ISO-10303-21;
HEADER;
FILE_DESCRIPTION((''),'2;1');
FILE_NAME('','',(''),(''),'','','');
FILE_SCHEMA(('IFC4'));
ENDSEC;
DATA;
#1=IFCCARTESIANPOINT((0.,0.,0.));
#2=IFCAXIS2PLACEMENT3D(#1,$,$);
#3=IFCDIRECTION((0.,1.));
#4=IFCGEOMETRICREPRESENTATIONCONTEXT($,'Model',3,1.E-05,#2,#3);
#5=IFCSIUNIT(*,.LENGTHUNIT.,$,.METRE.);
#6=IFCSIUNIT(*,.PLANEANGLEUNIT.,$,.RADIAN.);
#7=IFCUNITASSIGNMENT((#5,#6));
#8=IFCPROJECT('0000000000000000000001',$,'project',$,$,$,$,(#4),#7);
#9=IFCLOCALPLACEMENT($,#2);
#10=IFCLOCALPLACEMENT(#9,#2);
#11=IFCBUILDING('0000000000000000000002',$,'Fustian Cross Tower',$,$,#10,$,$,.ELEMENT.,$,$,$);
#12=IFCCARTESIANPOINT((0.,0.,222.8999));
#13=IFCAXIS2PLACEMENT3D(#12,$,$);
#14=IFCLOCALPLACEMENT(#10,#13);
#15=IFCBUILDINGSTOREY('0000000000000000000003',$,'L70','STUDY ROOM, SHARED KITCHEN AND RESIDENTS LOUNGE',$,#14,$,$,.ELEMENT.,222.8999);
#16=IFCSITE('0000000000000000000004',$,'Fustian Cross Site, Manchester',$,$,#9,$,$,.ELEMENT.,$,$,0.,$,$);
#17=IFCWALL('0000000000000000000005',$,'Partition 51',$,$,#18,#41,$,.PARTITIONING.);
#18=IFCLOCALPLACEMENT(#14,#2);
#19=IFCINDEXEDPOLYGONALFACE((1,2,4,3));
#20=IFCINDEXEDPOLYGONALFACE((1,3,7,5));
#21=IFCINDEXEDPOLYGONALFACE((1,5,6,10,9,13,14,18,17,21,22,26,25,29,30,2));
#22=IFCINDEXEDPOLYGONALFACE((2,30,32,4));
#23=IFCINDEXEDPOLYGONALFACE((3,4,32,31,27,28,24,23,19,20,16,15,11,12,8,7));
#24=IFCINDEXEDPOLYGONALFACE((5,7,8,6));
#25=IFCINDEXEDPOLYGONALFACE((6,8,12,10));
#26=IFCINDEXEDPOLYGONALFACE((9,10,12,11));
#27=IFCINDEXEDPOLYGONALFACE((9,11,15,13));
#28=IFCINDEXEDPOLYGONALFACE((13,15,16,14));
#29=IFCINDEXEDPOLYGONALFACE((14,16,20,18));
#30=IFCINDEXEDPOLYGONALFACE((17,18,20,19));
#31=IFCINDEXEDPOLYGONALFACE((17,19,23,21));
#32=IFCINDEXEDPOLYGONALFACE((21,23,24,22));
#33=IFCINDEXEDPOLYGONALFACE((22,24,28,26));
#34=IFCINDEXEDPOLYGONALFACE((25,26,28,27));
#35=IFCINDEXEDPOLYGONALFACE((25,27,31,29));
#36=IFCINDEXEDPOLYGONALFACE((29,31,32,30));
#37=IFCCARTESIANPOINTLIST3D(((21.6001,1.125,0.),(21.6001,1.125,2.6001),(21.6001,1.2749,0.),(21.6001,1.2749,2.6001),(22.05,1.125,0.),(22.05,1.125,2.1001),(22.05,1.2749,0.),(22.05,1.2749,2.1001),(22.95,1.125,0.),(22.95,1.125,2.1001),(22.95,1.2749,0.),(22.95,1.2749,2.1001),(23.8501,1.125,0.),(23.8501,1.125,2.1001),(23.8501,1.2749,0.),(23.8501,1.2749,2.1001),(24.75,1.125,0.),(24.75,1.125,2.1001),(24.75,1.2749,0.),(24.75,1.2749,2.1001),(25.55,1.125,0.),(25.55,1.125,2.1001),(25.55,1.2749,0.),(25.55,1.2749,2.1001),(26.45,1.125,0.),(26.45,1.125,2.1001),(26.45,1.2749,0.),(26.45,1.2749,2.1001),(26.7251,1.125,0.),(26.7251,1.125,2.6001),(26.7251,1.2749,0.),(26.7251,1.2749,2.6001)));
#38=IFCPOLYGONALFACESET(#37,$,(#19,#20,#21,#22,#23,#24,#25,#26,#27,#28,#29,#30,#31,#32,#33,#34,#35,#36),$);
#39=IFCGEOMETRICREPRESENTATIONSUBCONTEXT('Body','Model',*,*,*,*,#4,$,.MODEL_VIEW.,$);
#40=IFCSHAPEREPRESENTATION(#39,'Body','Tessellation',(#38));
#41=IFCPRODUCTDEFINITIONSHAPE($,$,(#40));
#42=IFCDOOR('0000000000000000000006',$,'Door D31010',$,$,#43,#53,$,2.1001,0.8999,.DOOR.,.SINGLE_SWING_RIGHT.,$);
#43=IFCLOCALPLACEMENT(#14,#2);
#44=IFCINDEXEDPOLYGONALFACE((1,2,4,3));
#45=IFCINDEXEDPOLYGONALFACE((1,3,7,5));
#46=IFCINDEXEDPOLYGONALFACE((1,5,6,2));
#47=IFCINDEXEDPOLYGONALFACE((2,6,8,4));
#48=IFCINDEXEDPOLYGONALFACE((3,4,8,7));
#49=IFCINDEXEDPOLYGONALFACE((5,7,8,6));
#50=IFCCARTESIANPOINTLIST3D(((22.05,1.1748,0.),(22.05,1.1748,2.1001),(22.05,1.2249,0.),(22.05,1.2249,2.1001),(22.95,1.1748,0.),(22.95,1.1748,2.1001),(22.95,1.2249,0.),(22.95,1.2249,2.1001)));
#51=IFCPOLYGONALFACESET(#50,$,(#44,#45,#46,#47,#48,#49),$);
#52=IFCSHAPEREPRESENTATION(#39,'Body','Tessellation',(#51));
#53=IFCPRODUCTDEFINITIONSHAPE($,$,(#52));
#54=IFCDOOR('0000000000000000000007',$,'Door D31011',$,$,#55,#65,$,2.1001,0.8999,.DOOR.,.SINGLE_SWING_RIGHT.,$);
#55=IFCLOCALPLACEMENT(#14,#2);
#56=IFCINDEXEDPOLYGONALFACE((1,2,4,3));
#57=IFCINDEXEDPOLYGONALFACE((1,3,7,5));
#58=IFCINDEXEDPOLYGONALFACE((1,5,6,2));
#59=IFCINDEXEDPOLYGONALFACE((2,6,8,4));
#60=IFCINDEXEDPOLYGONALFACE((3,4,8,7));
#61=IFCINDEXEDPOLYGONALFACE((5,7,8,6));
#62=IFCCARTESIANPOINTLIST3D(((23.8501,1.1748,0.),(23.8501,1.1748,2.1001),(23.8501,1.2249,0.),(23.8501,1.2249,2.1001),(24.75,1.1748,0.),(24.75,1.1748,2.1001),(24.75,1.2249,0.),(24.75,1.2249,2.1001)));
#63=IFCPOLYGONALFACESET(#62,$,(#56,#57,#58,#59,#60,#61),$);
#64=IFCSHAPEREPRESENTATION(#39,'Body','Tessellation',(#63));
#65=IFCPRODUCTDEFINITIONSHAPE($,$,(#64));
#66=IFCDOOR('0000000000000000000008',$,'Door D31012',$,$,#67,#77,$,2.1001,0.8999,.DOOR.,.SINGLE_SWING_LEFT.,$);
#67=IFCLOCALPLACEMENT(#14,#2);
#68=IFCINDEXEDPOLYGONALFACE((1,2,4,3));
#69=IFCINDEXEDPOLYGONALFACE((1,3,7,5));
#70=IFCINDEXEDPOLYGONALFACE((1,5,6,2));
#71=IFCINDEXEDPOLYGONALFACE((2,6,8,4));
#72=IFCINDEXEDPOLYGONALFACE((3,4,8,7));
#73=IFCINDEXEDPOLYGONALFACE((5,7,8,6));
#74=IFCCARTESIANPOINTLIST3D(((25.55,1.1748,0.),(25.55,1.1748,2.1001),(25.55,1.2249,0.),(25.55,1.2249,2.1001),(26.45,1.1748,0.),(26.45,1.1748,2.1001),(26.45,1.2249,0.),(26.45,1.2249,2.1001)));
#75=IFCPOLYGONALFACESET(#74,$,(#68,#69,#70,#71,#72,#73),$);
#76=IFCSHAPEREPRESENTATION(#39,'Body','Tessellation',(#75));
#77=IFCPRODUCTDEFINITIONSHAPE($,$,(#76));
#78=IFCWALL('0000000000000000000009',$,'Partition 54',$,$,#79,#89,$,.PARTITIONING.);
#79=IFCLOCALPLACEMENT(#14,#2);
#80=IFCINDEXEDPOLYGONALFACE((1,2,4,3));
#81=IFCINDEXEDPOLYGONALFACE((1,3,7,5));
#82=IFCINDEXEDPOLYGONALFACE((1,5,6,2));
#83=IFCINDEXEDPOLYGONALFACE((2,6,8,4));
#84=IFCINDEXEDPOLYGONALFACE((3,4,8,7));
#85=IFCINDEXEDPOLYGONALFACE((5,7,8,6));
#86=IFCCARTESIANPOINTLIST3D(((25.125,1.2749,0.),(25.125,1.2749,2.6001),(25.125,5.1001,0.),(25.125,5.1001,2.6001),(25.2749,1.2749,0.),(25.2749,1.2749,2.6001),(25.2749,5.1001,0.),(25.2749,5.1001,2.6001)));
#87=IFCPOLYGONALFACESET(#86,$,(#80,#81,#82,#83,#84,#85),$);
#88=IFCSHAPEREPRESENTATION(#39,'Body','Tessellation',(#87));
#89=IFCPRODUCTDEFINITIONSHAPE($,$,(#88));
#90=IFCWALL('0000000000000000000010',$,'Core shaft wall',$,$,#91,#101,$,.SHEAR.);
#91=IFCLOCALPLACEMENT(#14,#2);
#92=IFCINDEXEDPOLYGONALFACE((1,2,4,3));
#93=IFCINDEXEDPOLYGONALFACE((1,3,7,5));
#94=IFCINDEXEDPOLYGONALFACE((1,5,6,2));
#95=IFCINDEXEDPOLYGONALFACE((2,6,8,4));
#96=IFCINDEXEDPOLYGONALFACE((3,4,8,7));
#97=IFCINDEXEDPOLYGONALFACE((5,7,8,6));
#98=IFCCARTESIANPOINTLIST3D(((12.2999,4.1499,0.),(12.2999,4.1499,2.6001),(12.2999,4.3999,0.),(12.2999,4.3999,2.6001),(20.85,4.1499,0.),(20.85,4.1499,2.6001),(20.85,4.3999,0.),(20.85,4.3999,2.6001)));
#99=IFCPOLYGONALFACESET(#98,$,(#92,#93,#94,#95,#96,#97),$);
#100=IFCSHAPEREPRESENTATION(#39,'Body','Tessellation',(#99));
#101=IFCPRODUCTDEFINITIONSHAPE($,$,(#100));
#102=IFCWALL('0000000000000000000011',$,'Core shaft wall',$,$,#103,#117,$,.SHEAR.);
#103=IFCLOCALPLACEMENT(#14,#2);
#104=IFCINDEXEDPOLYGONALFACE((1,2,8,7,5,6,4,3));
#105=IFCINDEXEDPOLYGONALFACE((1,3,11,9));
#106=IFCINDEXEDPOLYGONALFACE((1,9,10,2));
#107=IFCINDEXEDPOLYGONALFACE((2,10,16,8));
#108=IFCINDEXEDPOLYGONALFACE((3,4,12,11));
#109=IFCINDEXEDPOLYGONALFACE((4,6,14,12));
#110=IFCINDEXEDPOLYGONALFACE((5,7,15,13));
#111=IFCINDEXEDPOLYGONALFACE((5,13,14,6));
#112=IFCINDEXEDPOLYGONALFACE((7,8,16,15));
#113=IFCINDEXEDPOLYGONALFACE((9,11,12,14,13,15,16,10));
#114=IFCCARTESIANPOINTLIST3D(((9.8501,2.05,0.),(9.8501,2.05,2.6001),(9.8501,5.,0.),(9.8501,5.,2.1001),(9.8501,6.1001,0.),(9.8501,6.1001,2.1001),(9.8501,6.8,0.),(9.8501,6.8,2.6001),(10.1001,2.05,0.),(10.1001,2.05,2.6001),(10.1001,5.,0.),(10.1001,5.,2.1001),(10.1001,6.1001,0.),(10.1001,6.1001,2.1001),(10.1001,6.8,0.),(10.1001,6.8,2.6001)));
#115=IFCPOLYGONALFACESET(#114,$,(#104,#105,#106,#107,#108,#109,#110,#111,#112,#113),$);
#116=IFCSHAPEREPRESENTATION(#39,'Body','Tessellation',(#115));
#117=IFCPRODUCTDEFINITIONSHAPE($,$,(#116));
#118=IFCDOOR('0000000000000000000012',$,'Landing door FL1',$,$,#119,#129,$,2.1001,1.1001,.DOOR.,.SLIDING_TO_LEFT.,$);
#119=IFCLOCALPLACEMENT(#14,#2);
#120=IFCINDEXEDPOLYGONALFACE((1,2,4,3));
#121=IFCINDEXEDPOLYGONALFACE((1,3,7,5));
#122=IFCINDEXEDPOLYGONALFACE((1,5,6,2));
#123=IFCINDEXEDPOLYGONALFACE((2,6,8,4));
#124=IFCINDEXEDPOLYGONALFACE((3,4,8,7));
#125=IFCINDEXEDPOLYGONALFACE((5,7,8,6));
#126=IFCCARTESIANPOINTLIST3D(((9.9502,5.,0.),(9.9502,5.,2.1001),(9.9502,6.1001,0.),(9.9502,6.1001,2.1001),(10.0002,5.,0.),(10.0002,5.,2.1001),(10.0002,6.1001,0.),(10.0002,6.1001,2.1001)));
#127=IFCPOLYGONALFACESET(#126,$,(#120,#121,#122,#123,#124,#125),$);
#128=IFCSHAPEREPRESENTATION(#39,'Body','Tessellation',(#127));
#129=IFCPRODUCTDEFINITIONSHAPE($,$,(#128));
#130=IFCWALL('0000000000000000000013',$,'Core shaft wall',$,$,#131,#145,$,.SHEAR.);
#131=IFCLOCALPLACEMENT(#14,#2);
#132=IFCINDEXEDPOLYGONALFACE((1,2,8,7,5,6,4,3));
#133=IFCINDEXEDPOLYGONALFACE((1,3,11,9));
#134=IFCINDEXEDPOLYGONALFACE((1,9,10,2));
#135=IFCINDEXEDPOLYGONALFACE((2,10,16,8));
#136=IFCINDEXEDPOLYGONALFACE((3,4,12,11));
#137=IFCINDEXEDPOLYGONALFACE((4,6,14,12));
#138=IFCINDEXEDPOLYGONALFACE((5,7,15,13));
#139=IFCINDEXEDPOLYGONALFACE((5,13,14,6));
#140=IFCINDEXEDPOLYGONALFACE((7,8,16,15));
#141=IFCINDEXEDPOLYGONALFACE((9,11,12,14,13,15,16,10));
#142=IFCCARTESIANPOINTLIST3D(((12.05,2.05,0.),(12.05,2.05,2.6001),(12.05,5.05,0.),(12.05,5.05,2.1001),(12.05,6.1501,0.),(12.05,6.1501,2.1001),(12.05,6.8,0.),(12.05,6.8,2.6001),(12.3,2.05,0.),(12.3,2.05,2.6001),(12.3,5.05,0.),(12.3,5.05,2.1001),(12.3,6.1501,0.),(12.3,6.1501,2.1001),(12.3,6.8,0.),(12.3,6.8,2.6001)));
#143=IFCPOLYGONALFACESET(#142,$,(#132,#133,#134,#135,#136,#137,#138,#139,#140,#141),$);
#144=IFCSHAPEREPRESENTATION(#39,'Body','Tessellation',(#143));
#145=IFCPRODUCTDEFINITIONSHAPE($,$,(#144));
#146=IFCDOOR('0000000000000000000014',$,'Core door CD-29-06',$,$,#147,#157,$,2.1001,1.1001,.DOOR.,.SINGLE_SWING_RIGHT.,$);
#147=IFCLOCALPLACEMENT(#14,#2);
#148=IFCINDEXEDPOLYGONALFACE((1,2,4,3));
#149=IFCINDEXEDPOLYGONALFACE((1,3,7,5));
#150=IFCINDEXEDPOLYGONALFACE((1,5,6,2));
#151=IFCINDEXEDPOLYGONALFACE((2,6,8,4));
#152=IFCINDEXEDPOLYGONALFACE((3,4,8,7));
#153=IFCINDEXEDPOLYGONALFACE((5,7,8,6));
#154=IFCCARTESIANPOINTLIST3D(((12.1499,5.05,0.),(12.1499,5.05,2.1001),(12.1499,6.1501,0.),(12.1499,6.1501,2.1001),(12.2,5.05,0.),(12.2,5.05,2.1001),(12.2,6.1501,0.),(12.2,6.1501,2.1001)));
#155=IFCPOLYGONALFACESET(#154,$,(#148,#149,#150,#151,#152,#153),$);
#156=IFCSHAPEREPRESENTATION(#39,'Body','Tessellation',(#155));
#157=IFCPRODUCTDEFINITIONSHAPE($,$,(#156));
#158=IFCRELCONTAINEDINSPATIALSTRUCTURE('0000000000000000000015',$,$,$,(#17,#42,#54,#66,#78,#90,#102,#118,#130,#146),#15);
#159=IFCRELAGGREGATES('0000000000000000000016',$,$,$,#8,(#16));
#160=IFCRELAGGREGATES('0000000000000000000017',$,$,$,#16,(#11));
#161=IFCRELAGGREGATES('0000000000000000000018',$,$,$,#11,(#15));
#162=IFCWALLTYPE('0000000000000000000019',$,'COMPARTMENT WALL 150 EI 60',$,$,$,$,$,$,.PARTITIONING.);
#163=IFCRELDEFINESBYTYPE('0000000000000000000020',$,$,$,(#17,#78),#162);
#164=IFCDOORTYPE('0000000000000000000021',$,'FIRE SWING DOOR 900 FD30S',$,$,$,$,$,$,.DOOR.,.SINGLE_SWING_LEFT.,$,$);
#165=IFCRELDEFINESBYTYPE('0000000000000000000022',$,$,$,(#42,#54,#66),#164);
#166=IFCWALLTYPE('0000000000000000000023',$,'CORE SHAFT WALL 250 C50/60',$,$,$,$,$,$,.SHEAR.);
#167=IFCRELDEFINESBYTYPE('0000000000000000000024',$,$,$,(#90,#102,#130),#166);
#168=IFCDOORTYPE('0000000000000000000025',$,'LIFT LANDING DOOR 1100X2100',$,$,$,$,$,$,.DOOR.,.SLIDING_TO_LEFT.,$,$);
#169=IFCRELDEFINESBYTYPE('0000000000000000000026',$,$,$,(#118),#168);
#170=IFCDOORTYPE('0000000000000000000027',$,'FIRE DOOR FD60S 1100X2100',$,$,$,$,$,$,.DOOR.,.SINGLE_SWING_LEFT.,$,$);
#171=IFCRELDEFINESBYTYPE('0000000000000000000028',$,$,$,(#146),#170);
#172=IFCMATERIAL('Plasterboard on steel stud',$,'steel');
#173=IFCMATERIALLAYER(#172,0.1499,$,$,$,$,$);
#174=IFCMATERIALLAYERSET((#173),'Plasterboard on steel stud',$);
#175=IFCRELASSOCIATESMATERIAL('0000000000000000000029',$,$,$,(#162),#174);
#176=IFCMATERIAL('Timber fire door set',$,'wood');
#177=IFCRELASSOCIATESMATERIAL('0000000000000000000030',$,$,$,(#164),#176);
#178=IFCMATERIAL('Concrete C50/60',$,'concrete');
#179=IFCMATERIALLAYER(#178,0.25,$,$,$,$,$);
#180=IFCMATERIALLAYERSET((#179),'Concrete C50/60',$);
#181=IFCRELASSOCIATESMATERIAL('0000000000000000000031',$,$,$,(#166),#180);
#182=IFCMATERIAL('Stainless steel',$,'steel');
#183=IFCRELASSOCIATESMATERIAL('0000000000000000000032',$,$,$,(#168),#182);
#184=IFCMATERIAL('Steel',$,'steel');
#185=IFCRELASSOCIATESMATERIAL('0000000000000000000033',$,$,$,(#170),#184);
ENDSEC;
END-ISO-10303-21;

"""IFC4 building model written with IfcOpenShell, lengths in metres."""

from ifc_helpers import new_model, si_unit, direction, frame, frame_2d, origin, place, context, subcontext, project, spatial, rectangle, extrude, material, layer, layer_set, type_object, element, fill, save


model = new_model("IFC4")

# Units and contexts
model_context = context("Model", 3, precision=1e-05, world=origin(), true_north=direction((0.0, 1.0)))
body_context = subcontext(model_context, "Body", "Model", "MODEL_VIEW")
ifc_project = project(units=[si_unit("LENGTHUNIT", "METRE"), si_unit("PLANEANGLEUNIT", "RADIAN")], contexts=[model_context])

# Site, building, storey
site_placement = place(None, origin())
site = spatial("IfcSite", under=ifc_project, at=site_placement, Name="Fustian Cross Site, Manchester", CompositionType="ELEMENT", RefElevation=0.0)
building_placement = place(site_placement, origin())
building = spatial("IfcBuilding", under=site, at=building_placement, Name="Fustian Cross Tower", CompositionType="ELEMENT")
storey_placement = place(building_placement, frame((0.0, 0.0, 222.8999)))
storey = spatial("IfcBuildingStorey", under=building, at=storey_placement, Name="L70", Description="STUDY ROOM, SHARED KITCHEN AND RESIDENTS LOUNGE", CompositionType="ELEMENT", Elevation=222.8999)

# Wall, openings, doors
ifc_material_1 = material(Name="Plasterboard on steel stud", Category="steel")
ifc_layer_1 = layer(ifc_material_1, 0.1499)
ifc_layer_set_1 = layer_set([ifc_layer_1], Name="Plasterboard on steel stud")
wall_type_1 = type_object("IfcWallType", Name="COMPARTMENT WALL 150 EI 60", PredefinedType="PARTITIONING", material=ifc_layer_set_1)
wall_1_placement = place(storey_placement, frame((21.6001, 1.2, 0.0), z_axis=(0.0, 0.0, 1.0), x_axis=(1.0, 0.0, 0.0)))
wall_1 = element("IfcWall", 1, at=wall_1_placement, inside=storey, type_object=wall_type_1, Name="Partition 51", PredefinedType="PARTITIONING", context=body_context, shape_type="SweptSolid", body=[
    extrude(rectangle(XDim=5.125, YDim=0.1499, at=frame_2d((2.5625, 0.0))), origin(), (0.0, 0.0, 1.0), 2.6001),
])
opening_1_placement = place(wall_1_placement, frame((0.45, 0.0, 0.0)))
opening_1 = element("IfcOpeningElement", 2, at=opening_1_placement, cuts=wall_1, PredefinedType="OPENING", context=body_context, shape_type="SweptSolid", body=[
    extrude(rectangle(XDim=0.8999, YDim=2.1001, at=frame_2d((0.45, 1.05))), frame((0.0, 0.085, 0.0), z_axis=(0.0, -1.0, 0.0), x_axis=(1.0, 0.0, 0.0)), (0.0, 0.0, 1.0), 0.1699),
])
opening_2_placement = place(wall_1_placement, frame((2.25, 0.0, 0.0)))
opening_2 = element("IfcOpeningElement", 3, at=opening_2_placement, cuts=wall_1, PredefinedType="OPENING", context=body_context, shape_type="SweptSolid", body=[
    extrude(rectangle(XDim=0.8999, YDim=2.1001, at=frame_2d((0.45, 1.05))), frame((0.0, 0.085, 0.0), z_axis=(0.0, -1.0, 0.0), x_axis=(1.0, 0.0, 0.0)), (0.0, 0.0, 1.0), 0.1699),
])
opening_3_placement = place(wall_1_placement, frame((3.95, 0.0, 0.0)))
opening_3 = element("IfcOpeningElement", 4, at=opening_3_placement, cuts=wall_1, PredefinedType="OPENING", context=body_context, shape_type="SweptSolid", body=[
    extrude(rectangle(XDim=0.8999, YDim=2.1001, at=frame_2d((0.45, 1.05))), frame((0.0, 0.085, 0.0), z_axis=(0.0, -1.0, 0.0), x_axis=(1.0, 0.0, 0.0)), (0.0, 0.0, 1.0), 0.1699),
])
ifc_material_2 = material(Name="Timber fire door set", Category="wood")
door_type_1 = type_object("IfcDoorType", Name="FIRE SWING DOOR 900 FD30S", OperationType="SINGLE_SWING_LEFT", PredefinedType="DOOR", material=ifc_material_2)
door_1_placement = place(opening_1_placement, origin())
door_1 = element("IfcDoor", 5, at=door_1_placement, inside=storey, type_object=door_type_1, Name="Door D31010", OperationType="SINGLE_SWING_RIGHT", OverallHeight=2.1001, OverallWidth=0.8999, PredefinedType="DOOR", context=body_context, shape_type="SweptSolid", body=[
    extrude(rectangle(XDim=0.8999, YDim=2.1001, at=frame_2d((0.45, 1.05))), frame((0.0, 0.0249, 0.0), z_axis=(0.0, -1.0, 0.0), x_axis=(1.0, 0.0, 0.0)), (0.0, 0.0, 1.0), 0.05),
])
fill(opening_1, door_1)
door_2_placement = place(opening_2_placement, origin())
door_2 = element("IfcDoor", 6, at=door_2_placement, inside=storey, type_object=door_type_1, Name="Door D31011", OperationType="SINGLE_SWING_RIGHT", OverallHeight=2.1001, OverallWidth=0.8999, PredefinedType="DOOR", context=body_context, shape_type="SweptSolid", body=[
    extrude(rectangle(XDim=0.8999, YDim=2.1001, at=frame_2d((0.45, 1.05))), frame((0.0, 0.0249, 0.0), z_axis=(0.0, -1.0, 0.0), x_axis=(1.0, 0.0, 0.0)), (0.0, 0.0, 1.0), 0.05),
])
fill(opening_2, door_2)
door_3_placement = place(opening_3_placement, origin())
door_3 = element("IfcDoor", 7, at=door_3_placement, inside=storey, type_object=door_type_1, Name="Door D31012", OperationType="SINGLE_SWING_LEFT", OverallHeight=2.1001, OverallWidth=0.8999, PredefinedType="DOOR", context=body_context, shape_type="SweptSolid", body=[
    extrude(rectangle(XDim=0.8999, YDim=2.1001, at=frame_2d((0.45, 1.05))), frame((0.0, 0.0249, 0.0), z_axis=(0.0, -1.0, 0.0), x_axis=(1.0, 0.0, 0.0)), (0.0, 0.0, 1.0), 0.05),
])
fill(opening_3, door_3)

# Walls
wall_2_placement = place(storey_placement, frame((25.2, 1.2749, 0.0), z_axis=(0.0, 0.0, 1.0), x_axis=(0.0, 1.0, 0.0)))
element("IfcWall", 8, at=wall_2_placement, inside=storey, type_object=wall_type_1, Name="Partition 54", PredefinedType="PARTITIONING", context=body_context, shape_type="SweptSolid", body=[
    extrude(rectangle(XDim=3.8252, YDim=0.1499, at=frame_2d((1.9126, 0.0))), origin(), (0.0, 0.0, 1.0), 2.6001),
])
ifc_material_3 = material(Name="Concrete C50/60", Category="concrete")
ifc_layer_2 = layer(ifc_material_3, 0.25)
ifc_layer_set_2 = layer_set([ifc_layer_2], Name="Concrete C50/60")
wall_type_2 = type_object("IfcWallType", Name="CORE SHAFT WALL 250 C50/60", PredefinedType="SHEAR", material=ifc_layer_set_2)
wall_3_placement = place(storey_placement, frame((12.3, 4.2749, 0.0), z_axis=(0.0, 0.0, 1.0), x_axis=(1.0, 0.0, 0.0)))
element("IfcWall", 9, at=wall_3_placement, inside=storey, type_object=wall_type_2, Name="Core shaft wall", PredefinedType="SHEAR", context=body_context, shape_type="SweptSolid", body=[
    extrude(rectangle(XDim=8.55, YDim=0.25, at=frame_2d((4.2749, 0.0))), origin(), (0.0, 0.0, 1.0), 2.6001),
])

# Walls, openings, doors
wall_4_placement = place(storey_placement, frame((9.9751, 2.05, 0.0), z_axis=(0.0, 0.0, 1.0), x_axis=(0.0, 1.0, 0.0)))
wall_4 = element("IfcWall", 10, at=wall_4_placement, inside=storey, type_object=wall_type_2, Name="Core shaft wall", PredefinedType="SHEAR", context=body_context, shape_type="SweptSolid", body=[
    extrude(rectangle(XDim=4.75, YDim=0.25, at=frame_2d((2.375, 0.0))), origin(), (0.0, 0.0, 1.0), 2.6001),
])
opening_4_placement = place(wall_4_placement, frame((2.95, 0.0, 0.0)))
opening_4 = element("IfcOpeningElement", 11, at=opening_4_placement, cuts=wall_4, PredefinedType="OPENING", context=body_context, shape_type="SweptSolid", body=[
    extrude(rectangle(XDim=1.1001, YDim=2.1001, at=frame_2d((0.55, 1.05))), frame((0.0, 0.135, 0.0), z_axis=(0.0, -1.0, 0.0), x_axis=(1.0, 0.0, 0.0)), (0.0, 0.0, 1.0), 0.27),
])
ifc_material_4 = material(Name="Stainless steel", Category="steel")
door_type_2 = type_object("IfcDoorType", Name="LIFT LANDING DOOR 1100X2100", OperationType="SLIDING_TO_LEFT", PredefinedType="DOOR", material=ifc_material_4)
door_4_placement = place(opening_4_placement, origin())
door_4 = element("IfcDoor", 12, at=door_4_placement, inside=storey, type_object=door_type_2, Name="Landing door FL1", OperationType="SLIDING_TO_LEFT", OverallHeight=2.1001, OverallWidth=1.1001, PredefinedType="DOOR", context=body_context, shape_type="SweptSolid", body=[
    extrude(rectangle(XDim=1.1001, YDim=2.1001, at=frame_2d((0.55, 1.05))), frame((0.0, 0.0249, 0.0), z_axis=(0.0, -1.0, 0.0), x_axis=(1.0, 0.0, 0.0)), (0.0, 0.0, 1.0), 0.05),
])
fill(opening_4, door_4)
wall_5_placement = place(storey_placement, frame((12.175, 2.05, 0.0), z_axis=(0.0, 0.0, 1.0), x_axis=(0.0, 1.0, 0.0)))
wall_5 = element("IfcWall", 13, at=wall_5_placement, inside=storey, type_object=wall_type_2, Name="Core shaft wall", PredefinedType="SHEAR", context=body_context, shape_type="SweptSolid", body=[
    extrude(rectangle(XDim=4.75, YDim=0.25, at=frame_2d((2.375, 0.0))), origin(), (0.0, 0.0, 1.0), 2.6001),
])
opening_5_placement = place(wall_5_placement, frame((3.0, 0.0, 0.0)))
opening_5 = element("IfcOpeningElement", 14, at=opening_5_placement, cuts=wall_5, PredefinedType="OPENING", context=body_context, shape_type="SweptSolid", body=[
    extrude(rectangle(XDim=1.1001, YDim=2.1001, at=frame_2d((0.55, 1.05))), frame((0.0, 0.135, 0.0), z_axis=(0.0, -1.0, 0.0), x_axis=(1.0, 0.0, 0.0)), (0.0, 0.0, 1.0), 0.27),
])
ifc_material_5 = material(Name="Steel", Category="steel")
door_type_3 = type_object("IfcDoorType", Name="FIRE DOOR FD60S 1100X2100", OperationType="SINGLE_SWING_LEFT", PredefinedType="DOOR", material=ifc_material_5)
door_5_placement = place(opening_5_placement, frame((1.1001, 0.0, 0.0), z_axis=(0.0, 0.0, 1.0), x_axis=(-1.0, 0.0, 0.0)))
door_5 = element("IfcDoor", 15, at=door_5_placement, inside=storey, type_object=door_type_3, Name="Core door CD-29-06", OperationType="SINGLE_SWING_RIGHT", OverallHeight=2.1001, OverallWidth=1.1001, PredefinedType="DOOR", context=body_context, shape_type="SweptSolid", body=[
    extrude(rectangle(XDim=1.1001, YDim=2.1001, at=frame_2d((0.55, 1.05))), frame((0.0, 0.0249, 0.0), z_axis=(0.0, -1.0, 0.0), x_axis=(1.0, 0.0, 0.0)), (0.0, 0.0, 1.0), 0.05),
])
fill(opening_5, door_5)

save(model, "model.ifc")
